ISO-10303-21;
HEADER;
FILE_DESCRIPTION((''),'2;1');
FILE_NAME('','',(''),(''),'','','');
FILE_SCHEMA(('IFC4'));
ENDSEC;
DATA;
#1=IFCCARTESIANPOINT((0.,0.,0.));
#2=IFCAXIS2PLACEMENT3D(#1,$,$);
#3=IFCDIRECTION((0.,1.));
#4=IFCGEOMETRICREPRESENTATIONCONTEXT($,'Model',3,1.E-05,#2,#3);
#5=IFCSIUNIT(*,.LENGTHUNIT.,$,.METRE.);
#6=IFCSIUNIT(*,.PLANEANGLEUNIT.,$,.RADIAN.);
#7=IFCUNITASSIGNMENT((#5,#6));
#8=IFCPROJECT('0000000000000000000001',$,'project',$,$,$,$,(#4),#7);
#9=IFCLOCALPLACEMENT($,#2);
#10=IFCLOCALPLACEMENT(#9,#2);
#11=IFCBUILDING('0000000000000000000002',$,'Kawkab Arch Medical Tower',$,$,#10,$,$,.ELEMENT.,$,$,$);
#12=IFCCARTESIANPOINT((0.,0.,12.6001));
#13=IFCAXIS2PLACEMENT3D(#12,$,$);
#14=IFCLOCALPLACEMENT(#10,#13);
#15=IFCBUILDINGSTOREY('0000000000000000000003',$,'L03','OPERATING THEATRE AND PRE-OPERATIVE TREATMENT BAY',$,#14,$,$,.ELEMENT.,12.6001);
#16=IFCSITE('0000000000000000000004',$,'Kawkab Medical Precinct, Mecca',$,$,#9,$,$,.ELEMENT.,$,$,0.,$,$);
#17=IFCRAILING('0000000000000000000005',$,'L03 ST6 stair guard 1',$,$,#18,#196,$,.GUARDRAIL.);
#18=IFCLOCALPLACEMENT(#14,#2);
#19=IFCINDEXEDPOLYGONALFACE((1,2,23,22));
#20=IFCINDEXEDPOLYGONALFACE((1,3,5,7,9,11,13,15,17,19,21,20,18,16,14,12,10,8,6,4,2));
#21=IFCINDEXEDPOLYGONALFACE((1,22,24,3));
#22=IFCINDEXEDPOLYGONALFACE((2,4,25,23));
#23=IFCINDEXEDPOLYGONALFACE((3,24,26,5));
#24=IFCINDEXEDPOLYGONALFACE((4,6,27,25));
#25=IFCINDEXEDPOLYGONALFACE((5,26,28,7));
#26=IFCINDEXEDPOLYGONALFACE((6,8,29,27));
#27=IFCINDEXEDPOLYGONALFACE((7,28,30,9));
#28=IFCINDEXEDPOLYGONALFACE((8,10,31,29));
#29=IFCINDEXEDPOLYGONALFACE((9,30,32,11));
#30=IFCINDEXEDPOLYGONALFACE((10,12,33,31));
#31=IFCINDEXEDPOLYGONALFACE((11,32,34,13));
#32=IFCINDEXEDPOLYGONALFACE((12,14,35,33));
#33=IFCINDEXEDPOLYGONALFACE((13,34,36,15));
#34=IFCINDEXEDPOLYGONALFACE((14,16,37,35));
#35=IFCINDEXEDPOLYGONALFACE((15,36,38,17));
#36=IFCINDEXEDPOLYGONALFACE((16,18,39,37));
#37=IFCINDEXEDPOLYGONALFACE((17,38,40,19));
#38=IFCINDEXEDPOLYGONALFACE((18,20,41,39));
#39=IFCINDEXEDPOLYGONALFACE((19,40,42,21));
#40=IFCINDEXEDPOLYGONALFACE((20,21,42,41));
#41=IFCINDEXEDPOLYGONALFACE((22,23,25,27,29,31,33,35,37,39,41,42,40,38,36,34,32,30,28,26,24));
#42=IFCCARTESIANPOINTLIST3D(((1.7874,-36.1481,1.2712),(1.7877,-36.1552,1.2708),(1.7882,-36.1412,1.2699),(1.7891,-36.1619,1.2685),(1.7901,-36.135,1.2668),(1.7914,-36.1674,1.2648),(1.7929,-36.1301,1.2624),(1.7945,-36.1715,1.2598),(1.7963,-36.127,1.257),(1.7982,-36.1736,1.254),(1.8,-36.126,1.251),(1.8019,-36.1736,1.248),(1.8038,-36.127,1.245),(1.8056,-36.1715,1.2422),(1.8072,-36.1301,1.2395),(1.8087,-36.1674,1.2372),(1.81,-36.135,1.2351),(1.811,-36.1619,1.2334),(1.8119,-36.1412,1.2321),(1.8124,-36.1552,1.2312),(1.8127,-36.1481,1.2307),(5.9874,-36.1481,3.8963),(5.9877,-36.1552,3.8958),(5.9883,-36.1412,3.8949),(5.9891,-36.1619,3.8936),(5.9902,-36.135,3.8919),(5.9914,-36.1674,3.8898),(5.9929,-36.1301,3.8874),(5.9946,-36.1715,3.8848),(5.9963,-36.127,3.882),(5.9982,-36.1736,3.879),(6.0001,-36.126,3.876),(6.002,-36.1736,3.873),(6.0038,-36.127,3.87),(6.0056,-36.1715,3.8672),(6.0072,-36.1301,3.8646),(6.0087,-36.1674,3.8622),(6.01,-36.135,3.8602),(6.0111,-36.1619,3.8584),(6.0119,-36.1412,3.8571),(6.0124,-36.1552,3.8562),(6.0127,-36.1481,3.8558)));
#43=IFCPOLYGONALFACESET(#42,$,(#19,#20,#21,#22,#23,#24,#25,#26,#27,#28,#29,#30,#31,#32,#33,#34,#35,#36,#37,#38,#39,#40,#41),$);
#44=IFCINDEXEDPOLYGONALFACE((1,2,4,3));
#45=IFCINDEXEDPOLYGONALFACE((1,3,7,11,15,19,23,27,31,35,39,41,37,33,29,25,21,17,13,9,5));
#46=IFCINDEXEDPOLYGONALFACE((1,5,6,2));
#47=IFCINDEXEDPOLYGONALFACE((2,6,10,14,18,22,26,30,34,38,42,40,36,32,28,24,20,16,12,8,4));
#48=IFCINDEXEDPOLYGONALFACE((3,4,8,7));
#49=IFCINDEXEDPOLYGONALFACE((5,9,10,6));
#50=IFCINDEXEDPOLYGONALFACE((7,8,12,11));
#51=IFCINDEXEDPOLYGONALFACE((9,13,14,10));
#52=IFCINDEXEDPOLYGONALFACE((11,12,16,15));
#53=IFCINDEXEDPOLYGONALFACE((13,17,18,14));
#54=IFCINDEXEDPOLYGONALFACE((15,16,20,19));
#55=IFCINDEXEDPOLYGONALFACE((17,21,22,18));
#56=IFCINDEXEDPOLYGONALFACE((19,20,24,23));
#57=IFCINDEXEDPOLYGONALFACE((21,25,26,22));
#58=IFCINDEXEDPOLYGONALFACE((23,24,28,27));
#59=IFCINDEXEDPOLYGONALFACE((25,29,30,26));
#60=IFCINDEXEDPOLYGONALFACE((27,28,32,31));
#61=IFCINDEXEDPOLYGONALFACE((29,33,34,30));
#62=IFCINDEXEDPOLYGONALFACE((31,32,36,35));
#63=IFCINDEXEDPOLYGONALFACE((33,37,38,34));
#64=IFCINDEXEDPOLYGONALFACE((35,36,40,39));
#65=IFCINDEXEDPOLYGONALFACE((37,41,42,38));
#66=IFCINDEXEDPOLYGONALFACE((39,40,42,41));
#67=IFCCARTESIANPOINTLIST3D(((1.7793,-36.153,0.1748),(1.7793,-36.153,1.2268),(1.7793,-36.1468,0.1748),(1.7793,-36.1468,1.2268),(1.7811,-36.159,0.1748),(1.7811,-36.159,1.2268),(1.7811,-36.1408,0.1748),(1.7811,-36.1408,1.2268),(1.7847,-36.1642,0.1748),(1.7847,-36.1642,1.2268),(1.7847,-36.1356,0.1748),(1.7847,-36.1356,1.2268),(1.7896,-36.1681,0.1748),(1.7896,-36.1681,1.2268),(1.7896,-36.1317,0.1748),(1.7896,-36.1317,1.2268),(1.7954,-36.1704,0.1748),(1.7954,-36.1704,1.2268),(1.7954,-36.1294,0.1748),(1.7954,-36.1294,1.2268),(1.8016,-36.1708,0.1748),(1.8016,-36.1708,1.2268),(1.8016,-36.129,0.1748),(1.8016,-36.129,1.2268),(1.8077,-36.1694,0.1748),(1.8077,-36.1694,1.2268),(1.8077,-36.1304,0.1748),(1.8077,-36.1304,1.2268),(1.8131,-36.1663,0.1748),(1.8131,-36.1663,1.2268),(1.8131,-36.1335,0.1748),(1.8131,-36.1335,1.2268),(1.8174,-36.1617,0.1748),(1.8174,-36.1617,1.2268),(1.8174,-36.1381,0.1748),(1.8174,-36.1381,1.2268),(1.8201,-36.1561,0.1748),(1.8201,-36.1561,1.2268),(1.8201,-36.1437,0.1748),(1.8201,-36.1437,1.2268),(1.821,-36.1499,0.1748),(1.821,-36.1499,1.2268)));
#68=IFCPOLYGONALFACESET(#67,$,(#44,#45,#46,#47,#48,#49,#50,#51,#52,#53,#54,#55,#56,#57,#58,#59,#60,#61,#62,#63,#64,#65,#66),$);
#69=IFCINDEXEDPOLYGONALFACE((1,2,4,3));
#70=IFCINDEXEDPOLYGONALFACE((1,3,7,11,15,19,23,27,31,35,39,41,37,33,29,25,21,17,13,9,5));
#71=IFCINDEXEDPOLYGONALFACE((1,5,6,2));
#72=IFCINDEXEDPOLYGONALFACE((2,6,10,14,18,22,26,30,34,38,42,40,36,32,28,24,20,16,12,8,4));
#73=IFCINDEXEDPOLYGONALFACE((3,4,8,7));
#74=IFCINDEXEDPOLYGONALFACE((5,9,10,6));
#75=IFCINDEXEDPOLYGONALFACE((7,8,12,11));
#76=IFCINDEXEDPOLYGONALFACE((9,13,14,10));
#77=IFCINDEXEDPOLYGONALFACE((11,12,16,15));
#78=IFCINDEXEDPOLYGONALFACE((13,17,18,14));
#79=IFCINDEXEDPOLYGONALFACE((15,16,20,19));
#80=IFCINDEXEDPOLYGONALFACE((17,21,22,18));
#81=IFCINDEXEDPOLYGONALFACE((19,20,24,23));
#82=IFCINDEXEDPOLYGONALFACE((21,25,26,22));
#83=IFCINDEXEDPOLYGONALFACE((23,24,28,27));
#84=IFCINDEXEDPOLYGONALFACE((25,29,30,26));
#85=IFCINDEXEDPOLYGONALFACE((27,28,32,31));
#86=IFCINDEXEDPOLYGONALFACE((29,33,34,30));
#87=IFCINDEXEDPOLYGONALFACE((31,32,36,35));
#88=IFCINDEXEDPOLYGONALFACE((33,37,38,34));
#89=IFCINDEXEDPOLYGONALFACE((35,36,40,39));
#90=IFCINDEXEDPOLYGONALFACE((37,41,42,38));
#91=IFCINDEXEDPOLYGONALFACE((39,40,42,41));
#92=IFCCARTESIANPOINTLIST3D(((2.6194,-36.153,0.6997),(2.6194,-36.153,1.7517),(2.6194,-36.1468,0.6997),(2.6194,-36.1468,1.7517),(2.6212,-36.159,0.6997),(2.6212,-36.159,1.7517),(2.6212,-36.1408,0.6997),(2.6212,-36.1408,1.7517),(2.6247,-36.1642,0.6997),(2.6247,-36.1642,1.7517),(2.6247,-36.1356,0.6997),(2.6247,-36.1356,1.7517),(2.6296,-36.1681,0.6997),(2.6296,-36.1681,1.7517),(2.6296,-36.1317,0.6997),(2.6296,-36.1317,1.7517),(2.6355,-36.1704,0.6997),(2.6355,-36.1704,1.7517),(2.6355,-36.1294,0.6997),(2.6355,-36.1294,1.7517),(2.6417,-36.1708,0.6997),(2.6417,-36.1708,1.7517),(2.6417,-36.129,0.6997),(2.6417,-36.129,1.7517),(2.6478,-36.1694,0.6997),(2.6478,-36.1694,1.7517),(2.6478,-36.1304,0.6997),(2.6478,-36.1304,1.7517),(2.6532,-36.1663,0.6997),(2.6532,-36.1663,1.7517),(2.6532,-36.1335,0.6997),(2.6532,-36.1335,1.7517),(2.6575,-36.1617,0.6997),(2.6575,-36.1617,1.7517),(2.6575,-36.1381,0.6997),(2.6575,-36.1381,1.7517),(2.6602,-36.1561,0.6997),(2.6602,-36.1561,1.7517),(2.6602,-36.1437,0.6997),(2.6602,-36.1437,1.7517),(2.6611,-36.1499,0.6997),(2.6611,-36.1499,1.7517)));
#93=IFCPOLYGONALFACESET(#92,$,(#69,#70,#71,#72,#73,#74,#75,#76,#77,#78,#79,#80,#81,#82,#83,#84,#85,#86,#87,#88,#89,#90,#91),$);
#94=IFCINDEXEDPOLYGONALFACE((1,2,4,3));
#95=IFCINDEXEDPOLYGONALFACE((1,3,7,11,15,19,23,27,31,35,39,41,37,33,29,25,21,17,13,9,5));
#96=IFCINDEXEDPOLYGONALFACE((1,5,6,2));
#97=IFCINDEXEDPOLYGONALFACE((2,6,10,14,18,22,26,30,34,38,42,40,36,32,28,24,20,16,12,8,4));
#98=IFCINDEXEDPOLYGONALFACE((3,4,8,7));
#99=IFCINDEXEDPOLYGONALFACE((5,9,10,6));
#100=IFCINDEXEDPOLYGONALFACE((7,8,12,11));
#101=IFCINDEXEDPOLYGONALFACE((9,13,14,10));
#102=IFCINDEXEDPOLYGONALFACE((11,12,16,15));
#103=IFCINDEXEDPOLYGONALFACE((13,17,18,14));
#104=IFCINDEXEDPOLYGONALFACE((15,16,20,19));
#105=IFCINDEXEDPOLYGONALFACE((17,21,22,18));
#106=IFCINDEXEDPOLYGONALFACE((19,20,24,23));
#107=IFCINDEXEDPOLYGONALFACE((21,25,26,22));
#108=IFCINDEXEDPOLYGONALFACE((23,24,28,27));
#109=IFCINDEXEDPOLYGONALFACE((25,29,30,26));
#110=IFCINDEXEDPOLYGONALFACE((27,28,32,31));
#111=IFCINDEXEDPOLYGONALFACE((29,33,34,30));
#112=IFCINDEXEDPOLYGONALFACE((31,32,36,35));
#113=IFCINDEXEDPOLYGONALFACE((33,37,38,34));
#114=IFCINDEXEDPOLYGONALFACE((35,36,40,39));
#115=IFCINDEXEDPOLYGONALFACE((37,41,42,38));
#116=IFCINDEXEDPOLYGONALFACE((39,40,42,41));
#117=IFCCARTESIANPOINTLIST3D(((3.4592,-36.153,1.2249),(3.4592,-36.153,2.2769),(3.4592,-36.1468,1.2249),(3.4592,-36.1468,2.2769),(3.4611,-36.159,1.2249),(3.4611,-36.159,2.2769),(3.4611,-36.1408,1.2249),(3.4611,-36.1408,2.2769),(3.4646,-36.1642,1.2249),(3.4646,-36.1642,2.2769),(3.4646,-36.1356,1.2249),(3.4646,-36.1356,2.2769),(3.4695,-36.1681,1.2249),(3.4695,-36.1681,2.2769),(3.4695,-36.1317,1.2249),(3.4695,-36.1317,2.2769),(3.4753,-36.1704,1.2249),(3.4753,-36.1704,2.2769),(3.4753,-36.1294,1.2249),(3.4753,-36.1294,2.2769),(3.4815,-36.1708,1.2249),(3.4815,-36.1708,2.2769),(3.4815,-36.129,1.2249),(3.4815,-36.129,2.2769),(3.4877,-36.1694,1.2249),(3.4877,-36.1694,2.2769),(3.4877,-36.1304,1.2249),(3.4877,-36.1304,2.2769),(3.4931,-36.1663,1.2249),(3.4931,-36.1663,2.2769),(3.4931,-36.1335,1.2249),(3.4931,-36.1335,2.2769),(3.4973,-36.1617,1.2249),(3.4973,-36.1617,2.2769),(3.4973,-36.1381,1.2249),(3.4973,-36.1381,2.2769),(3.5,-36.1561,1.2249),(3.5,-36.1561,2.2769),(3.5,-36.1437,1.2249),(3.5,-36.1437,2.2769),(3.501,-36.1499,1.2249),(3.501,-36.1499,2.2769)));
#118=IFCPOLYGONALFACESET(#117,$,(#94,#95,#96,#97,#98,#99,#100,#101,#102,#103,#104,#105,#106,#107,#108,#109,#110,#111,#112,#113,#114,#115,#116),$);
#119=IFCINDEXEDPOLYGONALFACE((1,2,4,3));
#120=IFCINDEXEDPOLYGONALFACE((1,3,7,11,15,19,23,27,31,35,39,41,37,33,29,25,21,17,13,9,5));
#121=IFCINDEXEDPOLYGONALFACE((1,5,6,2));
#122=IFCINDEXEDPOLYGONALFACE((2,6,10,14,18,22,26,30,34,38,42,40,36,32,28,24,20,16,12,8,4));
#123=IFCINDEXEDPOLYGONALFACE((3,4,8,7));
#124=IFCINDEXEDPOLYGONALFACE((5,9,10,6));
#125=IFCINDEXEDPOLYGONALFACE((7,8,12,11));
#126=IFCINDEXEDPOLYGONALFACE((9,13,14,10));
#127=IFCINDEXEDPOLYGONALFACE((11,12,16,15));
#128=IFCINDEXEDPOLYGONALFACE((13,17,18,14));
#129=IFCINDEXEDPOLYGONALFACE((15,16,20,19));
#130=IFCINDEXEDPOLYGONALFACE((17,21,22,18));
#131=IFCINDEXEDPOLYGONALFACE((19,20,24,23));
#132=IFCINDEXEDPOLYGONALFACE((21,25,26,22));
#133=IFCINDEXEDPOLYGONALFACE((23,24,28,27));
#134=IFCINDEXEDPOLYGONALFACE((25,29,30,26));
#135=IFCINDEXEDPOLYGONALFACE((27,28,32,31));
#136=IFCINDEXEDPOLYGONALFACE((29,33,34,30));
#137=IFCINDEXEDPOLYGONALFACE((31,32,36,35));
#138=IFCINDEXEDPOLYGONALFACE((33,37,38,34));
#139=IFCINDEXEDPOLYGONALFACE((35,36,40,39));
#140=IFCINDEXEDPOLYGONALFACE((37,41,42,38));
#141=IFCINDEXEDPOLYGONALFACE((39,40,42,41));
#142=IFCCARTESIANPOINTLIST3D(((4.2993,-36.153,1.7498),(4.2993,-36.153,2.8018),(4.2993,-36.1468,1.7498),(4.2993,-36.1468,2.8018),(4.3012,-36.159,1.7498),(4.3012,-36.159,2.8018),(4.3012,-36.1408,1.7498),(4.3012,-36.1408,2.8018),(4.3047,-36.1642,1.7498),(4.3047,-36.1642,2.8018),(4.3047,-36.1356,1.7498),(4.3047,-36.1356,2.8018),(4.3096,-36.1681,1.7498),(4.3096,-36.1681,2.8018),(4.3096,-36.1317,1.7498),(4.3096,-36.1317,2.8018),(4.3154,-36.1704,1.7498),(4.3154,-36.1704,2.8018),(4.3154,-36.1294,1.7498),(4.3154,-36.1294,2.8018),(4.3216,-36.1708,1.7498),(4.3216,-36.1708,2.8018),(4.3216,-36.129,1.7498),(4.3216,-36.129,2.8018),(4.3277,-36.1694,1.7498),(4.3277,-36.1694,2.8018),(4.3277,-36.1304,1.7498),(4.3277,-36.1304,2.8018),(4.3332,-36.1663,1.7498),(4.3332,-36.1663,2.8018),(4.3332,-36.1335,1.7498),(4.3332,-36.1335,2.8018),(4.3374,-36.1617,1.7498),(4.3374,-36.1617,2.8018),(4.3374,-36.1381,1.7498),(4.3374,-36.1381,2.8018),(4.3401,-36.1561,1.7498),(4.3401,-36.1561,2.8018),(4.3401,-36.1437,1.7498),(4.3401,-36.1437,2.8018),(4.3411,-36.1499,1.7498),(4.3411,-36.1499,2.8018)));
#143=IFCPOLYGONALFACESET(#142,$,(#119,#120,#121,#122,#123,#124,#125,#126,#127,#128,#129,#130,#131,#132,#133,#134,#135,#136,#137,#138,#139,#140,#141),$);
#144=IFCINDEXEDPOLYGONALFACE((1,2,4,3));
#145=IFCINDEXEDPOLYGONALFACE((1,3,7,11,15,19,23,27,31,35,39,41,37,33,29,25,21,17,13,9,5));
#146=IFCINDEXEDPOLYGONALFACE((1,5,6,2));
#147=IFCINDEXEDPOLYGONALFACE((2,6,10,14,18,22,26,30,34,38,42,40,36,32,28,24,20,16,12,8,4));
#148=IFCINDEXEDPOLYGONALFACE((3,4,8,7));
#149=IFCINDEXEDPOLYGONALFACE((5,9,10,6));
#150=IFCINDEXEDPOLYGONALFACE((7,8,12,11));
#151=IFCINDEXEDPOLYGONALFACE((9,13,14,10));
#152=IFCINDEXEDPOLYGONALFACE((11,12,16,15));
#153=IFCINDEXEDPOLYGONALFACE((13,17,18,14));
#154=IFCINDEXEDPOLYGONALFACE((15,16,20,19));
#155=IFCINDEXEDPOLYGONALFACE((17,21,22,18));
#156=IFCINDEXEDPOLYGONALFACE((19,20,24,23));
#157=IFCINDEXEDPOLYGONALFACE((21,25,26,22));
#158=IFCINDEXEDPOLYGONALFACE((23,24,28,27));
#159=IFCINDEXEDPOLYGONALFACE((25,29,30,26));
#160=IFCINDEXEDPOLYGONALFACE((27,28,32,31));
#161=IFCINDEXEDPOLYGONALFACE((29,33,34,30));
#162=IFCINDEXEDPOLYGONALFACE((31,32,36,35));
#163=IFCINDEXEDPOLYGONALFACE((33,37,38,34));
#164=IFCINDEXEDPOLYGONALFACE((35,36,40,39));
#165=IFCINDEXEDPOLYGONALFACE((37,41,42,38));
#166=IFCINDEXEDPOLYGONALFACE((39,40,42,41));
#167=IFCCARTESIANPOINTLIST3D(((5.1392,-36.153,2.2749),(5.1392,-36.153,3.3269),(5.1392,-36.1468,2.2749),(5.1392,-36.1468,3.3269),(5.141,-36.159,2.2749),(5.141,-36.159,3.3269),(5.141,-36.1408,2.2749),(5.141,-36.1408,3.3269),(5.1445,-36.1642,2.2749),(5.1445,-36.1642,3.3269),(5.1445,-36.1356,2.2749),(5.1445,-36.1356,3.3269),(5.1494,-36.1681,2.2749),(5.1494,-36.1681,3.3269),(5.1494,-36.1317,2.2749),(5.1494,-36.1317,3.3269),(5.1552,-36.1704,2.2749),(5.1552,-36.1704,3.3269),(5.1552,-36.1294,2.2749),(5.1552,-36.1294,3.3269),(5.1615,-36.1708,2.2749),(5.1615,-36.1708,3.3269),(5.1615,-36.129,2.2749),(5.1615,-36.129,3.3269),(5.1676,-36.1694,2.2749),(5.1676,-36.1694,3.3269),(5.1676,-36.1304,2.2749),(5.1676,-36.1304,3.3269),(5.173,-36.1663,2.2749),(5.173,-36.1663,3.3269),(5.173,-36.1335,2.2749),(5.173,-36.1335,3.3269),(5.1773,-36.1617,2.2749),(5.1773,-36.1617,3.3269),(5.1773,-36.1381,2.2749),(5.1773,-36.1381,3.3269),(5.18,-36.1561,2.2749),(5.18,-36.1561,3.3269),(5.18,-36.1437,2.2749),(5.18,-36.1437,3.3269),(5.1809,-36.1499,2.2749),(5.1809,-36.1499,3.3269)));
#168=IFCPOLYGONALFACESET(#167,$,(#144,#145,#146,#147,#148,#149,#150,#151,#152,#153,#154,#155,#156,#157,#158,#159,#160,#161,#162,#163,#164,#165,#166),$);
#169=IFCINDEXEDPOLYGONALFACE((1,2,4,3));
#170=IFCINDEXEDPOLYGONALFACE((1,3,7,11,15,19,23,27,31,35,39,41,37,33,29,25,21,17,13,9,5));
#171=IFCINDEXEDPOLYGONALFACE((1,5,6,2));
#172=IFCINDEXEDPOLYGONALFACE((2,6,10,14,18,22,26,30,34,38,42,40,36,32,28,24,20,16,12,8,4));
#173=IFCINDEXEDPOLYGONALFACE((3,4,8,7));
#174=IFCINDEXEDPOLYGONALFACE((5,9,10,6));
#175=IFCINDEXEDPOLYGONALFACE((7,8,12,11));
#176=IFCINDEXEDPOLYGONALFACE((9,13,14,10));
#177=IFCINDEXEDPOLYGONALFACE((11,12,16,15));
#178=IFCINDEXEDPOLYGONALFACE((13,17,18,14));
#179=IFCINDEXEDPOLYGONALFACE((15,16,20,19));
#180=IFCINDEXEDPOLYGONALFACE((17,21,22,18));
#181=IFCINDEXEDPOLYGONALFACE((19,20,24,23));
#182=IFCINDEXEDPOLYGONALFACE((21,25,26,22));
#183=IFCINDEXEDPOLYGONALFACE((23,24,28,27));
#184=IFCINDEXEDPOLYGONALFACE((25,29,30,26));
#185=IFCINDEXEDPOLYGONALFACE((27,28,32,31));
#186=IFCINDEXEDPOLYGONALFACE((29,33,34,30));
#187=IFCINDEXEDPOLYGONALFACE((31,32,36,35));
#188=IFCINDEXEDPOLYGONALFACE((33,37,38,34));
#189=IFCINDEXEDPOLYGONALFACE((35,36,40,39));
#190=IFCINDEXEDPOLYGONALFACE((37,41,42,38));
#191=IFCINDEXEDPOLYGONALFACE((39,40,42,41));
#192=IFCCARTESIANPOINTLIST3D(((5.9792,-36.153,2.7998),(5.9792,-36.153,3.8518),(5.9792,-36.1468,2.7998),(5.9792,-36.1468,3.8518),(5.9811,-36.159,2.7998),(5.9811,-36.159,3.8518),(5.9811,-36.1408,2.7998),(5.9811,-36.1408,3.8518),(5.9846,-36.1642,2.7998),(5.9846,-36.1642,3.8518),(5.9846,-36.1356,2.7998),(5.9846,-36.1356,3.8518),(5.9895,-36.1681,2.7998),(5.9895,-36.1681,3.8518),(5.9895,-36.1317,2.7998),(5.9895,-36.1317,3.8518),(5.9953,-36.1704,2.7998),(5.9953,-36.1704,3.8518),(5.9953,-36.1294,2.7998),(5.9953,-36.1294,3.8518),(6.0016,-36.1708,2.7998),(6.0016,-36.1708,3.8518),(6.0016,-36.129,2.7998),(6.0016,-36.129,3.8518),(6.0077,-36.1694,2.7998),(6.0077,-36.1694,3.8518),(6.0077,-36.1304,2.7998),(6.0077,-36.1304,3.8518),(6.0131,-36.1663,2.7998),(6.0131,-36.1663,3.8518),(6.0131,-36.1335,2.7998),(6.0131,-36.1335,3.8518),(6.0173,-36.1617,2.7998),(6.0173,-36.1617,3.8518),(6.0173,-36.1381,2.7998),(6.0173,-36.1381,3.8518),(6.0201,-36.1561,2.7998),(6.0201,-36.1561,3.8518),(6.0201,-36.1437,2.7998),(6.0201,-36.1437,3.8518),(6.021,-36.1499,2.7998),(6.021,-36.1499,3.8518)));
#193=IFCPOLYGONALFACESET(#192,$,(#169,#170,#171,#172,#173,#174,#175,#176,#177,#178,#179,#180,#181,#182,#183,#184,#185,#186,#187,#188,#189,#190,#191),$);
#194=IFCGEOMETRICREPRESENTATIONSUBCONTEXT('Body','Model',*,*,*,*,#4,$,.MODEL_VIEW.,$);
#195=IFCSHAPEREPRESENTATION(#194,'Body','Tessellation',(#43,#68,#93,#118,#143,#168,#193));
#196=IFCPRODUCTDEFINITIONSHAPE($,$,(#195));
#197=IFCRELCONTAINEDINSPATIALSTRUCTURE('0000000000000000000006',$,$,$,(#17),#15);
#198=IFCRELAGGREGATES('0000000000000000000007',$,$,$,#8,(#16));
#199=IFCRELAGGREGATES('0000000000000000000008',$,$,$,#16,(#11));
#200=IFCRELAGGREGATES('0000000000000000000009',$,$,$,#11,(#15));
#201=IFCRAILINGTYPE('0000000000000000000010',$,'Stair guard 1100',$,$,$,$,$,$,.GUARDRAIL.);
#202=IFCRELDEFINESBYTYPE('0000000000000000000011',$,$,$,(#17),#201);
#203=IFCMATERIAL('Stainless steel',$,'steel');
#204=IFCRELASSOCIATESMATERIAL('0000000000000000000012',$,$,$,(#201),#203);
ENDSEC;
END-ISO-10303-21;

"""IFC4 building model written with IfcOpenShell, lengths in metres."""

from ifc_helpers import new_model, si_unit, direction, frame, origin, origin_2d, place, context, subcontext, project, spatial, circle, extrude, material, type_object, element, save


model = new_model("IFC4")

# Units and contexts
model_context = context("Model", 3, precision=1e-05, world=origin(), true_north=direction((0.0, 1.0)))
body_context = subcontext(model_context, "Body", "Model", "MODEL_VIEW")
ifc_project = project(units=[si_unit("LENGTHUNIT", "METRE"), si_unit("PLANEANGLEUNIT", "RADIAN")], contexts=[model_context])

# Site, building, storey
site_placement = place(None, origin())
site = spatial("IfcSite", under=ifc_project, at=site_placement, Name="Kawkab Medical Precinct, Mecca", CompositionType="ELEMENT", RefElevation=0.0)
building_placement = place(site_placement, origin())
building = spatial("IfcBuilding", under=site, at=building_placement, Name="Kawkab Arch Medical Tower", CompositionType="ELEMENT")
storey_placement = place(building_placement, frame((0.0, 0.0, 12.6001)))
storey = spatial("IfcBuildingStorey", under=building, at=storey_placement, Name="L03", Description="OPERATING THEATRE AND PRE-OPERATIVE TREATMENT BAY", CompositionType="ELEMENT", Elevation=12.6001)

# Railing
ifc_material_1 = material(Name="Stainless steel", Category="steel")
railing_type = type_object("IfcRailingType", Name="Stair guard 1100", PredefinedType="GUARDRAIL", material=ifc_material_1)
railing_1_placement = place(storey_placement, frame((1.8, -36.1499, 0.1748)))
element("IfcRailing", 1, at=railing_1_placement, inside=storey, type_object=railing_type, Name="L03 ST6 stair guard 1", PredefinedType="GUARDRAIL", context=body_context, shape_type="SweptSolid", body=[
    extrude(circle(Radius=0.0239, at=origin_2d()), frame((0.0, 0.0, 1.0762), z_axis=(0.847996, 0.0, 0.530003), x_axis=(0.0, 1.0, 0.0)), (0.0, 0.0, 1.0), 4.9529),
    extrude(circle(Radius=0.021, at=origin_2d()), origin(), (0.0, 0.0, 1.0), 1.052),
    extrude(circle(Radius=0.021, at=origin_2d()), frame((0.8401, 0.0, 0.5249)), (0.0, 0.0, 1.0), 1.052),
    extrude(circle(Radius=0.021, at=origin_2d()), frame((1.6799, 0.0, 1.05)), (0.0, 0.0, 1.0), 1.052),
    extrude(circle(Radius=0.021, at=origin_2d()), frame((2.52, 0.0, 1.575)), (0.0, 0.0, 1.0), 1.052),
    extrude(circle(Radius=0.021, at=origin_2d()), frame((3.3599, 0.0, 2.1001)), (0.0, 0.0, 1.0), 1.052),
    extrude(circle(Radius=0.021, at=origin_2d()), frame((4.2, 0.0, 2.625)), (0.0, 0.0, 1.0), 1.052),
])

save(model, "model.ifc")
